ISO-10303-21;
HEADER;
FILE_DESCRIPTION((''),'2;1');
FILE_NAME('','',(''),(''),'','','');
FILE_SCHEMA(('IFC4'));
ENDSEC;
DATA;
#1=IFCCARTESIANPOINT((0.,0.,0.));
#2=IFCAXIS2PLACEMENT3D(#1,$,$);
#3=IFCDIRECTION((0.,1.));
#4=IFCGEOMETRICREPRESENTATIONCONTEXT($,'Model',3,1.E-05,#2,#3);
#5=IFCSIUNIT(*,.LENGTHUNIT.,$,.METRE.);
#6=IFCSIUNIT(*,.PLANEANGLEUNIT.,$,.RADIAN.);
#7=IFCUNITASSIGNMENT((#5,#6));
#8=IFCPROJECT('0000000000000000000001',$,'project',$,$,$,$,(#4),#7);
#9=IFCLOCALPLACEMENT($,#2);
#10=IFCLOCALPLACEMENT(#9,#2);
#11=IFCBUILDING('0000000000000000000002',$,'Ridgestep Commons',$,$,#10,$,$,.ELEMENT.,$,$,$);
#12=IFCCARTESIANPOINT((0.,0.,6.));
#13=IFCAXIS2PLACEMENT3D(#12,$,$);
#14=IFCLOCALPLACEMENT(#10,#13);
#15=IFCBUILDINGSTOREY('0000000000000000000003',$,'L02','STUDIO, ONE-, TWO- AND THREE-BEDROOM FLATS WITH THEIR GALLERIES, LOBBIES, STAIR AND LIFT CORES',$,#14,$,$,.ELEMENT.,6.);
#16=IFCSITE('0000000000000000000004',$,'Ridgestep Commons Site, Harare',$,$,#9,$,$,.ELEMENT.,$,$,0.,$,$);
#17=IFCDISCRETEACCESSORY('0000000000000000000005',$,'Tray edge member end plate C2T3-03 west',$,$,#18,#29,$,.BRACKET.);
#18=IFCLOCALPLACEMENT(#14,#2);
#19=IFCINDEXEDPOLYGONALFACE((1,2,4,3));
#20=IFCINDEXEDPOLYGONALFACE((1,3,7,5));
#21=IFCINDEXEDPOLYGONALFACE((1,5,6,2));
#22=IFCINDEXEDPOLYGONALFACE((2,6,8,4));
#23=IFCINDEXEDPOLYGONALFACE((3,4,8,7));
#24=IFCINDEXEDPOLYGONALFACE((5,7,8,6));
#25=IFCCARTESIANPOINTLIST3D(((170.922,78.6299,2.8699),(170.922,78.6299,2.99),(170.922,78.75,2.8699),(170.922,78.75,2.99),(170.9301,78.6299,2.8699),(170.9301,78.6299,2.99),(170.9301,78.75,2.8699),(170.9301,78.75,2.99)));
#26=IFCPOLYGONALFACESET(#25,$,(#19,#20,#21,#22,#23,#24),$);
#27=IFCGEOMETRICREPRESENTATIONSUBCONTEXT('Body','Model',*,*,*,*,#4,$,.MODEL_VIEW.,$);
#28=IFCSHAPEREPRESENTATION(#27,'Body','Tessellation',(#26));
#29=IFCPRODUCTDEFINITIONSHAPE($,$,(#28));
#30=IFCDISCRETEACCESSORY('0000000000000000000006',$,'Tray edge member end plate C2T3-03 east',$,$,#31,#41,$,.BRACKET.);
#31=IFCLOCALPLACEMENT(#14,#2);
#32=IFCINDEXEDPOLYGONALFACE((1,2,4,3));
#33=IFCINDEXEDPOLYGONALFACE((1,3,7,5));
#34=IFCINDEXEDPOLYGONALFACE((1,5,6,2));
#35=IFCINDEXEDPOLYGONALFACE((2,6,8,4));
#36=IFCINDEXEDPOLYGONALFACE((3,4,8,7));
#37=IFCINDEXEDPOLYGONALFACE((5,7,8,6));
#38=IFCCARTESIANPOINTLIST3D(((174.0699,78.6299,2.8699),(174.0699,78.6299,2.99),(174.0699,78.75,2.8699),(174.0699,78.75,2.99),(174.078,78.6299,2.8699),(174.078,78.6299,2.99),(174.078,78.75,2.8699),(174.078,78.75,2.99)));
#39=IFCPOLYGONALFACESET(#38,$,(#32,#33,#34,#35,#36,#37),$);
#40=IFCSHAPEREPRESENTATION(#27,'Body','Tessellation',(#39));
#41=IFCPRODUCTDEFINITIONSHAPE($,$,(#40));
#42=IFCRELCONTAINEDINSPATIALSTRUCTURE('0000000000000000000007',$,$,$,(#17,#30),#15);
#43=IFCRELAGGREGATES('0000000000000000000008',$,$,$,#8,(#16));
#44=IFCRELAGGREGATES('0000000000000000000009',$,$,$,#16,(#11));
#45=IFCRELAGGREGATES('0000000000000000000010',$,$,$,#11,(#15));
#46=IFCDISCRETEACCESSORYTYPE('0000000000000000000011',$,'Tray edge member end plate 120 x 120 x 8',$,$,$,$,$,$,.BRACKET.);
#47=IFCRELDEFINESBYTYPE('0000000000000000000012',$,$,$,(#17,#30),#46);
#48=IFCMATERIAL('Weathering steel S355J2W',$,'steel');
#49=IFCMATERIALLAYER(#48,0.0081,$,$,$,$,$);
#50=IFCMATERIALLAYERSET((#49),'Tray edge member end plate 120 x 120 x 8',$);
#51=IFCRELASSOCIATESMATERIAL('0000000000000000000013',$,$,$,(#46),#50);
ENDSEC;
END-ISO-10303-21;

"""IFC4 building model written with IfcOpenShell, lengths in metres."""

from ifc_helpers import new_model, si_unit, direction, frame, origin, origin_2d, place, context, subcontext, project, spatial, rectangle, extrude, material, layer, layer_set, type_object, element, save


model = new_model("IFC4")

# Units and contexts
model_context = context("Model", 3, precision=1e-05, world=origin(), true_north=direction((0.0, 1.0)))
body_context = subcontext(model_context, "Body", "Model", "MODEL_VIEW")
ifc_project = project(units=[si_unit("LENGTHUNIT", "METRE"), si_unit("PLANEANGLEUNIT", "RADIAN")], contexts=[model_context])

# Site, building, storey
site_placement = place(None, origin())
site = spatial("IfcSite", under=ifc_project, at=site_placement, Name="Ridgestep Commons Site, Harare", CompositionType="ELEMENT", RefElevation=0.0)
building_placement = place(site_placement, origin())
building = spatial("IfcBuilding", under=site, at=building_placement, Name="Ridgestep Commons", CompositionType="ELEMENT")
storey_placement = place(building_placement, frame((0.0, 0.0, 6.0)))
storey = spatial("IfcBuildingStorey", under=building, at=storey_placement, Name="L02", Description="STUDIO, ONE-, TWO- AND THREE-BEDROOM FLATS WITH THEIR GALLERIES, LOBBIES, STAIR AND LIFT CORES", CompositionType="ELEMENT", Elevation=6.0)

# Discrete accessories
ifc_material_1 = material(Name="Weathering steel S355J2W", Category="steel")
ifc_layer_1 = layer(ifc_material_1, 0.0081)
ifc_layer_set_1 = layer_set([ifc_layer_1], Name="Tray edge member end plate 120 x 120 x 8")
discrete_accessory_type_1 = type_object("IfcDiscreteAccessoryType", Name="Tray edge member end plate 120 x 120 x 8", PredefinedType="BRACKET", material=ifc_layer_set_1)
for number, where, z_axis, x_axis, name in (
    (1, (170.926, 78.6899, 2.8699), (0.0, 0.0, 1.0), (1.0, 0.0, 0.0), "Tray edge member end plate C2T3-03 west"),
    (2, (174.074, 78.6899, 2.8699), (0.0, 0.0, 1.0), (1.0, 0.0, 0.0), "Tray edge member end plate C2T3-03 east"),
):
    element("IfcDiscreteAccessory", number, at=place(storey_placement, frame(where, z_axis=z_axis, x_axis=x_axis)), inside=storey, type_object=discrete_accessory_type_1, Name=name, PredefinedType="BRACKET", context=body_context, shape_type="SweptSolid", body=[
        extrude(rectangle(XDim=0.0081, YDim=0.1201, at=origin_2d()), origin(), (0.0, 0.0, 1.0), 0.1201),
    ])

save(model, "model.ifc")
